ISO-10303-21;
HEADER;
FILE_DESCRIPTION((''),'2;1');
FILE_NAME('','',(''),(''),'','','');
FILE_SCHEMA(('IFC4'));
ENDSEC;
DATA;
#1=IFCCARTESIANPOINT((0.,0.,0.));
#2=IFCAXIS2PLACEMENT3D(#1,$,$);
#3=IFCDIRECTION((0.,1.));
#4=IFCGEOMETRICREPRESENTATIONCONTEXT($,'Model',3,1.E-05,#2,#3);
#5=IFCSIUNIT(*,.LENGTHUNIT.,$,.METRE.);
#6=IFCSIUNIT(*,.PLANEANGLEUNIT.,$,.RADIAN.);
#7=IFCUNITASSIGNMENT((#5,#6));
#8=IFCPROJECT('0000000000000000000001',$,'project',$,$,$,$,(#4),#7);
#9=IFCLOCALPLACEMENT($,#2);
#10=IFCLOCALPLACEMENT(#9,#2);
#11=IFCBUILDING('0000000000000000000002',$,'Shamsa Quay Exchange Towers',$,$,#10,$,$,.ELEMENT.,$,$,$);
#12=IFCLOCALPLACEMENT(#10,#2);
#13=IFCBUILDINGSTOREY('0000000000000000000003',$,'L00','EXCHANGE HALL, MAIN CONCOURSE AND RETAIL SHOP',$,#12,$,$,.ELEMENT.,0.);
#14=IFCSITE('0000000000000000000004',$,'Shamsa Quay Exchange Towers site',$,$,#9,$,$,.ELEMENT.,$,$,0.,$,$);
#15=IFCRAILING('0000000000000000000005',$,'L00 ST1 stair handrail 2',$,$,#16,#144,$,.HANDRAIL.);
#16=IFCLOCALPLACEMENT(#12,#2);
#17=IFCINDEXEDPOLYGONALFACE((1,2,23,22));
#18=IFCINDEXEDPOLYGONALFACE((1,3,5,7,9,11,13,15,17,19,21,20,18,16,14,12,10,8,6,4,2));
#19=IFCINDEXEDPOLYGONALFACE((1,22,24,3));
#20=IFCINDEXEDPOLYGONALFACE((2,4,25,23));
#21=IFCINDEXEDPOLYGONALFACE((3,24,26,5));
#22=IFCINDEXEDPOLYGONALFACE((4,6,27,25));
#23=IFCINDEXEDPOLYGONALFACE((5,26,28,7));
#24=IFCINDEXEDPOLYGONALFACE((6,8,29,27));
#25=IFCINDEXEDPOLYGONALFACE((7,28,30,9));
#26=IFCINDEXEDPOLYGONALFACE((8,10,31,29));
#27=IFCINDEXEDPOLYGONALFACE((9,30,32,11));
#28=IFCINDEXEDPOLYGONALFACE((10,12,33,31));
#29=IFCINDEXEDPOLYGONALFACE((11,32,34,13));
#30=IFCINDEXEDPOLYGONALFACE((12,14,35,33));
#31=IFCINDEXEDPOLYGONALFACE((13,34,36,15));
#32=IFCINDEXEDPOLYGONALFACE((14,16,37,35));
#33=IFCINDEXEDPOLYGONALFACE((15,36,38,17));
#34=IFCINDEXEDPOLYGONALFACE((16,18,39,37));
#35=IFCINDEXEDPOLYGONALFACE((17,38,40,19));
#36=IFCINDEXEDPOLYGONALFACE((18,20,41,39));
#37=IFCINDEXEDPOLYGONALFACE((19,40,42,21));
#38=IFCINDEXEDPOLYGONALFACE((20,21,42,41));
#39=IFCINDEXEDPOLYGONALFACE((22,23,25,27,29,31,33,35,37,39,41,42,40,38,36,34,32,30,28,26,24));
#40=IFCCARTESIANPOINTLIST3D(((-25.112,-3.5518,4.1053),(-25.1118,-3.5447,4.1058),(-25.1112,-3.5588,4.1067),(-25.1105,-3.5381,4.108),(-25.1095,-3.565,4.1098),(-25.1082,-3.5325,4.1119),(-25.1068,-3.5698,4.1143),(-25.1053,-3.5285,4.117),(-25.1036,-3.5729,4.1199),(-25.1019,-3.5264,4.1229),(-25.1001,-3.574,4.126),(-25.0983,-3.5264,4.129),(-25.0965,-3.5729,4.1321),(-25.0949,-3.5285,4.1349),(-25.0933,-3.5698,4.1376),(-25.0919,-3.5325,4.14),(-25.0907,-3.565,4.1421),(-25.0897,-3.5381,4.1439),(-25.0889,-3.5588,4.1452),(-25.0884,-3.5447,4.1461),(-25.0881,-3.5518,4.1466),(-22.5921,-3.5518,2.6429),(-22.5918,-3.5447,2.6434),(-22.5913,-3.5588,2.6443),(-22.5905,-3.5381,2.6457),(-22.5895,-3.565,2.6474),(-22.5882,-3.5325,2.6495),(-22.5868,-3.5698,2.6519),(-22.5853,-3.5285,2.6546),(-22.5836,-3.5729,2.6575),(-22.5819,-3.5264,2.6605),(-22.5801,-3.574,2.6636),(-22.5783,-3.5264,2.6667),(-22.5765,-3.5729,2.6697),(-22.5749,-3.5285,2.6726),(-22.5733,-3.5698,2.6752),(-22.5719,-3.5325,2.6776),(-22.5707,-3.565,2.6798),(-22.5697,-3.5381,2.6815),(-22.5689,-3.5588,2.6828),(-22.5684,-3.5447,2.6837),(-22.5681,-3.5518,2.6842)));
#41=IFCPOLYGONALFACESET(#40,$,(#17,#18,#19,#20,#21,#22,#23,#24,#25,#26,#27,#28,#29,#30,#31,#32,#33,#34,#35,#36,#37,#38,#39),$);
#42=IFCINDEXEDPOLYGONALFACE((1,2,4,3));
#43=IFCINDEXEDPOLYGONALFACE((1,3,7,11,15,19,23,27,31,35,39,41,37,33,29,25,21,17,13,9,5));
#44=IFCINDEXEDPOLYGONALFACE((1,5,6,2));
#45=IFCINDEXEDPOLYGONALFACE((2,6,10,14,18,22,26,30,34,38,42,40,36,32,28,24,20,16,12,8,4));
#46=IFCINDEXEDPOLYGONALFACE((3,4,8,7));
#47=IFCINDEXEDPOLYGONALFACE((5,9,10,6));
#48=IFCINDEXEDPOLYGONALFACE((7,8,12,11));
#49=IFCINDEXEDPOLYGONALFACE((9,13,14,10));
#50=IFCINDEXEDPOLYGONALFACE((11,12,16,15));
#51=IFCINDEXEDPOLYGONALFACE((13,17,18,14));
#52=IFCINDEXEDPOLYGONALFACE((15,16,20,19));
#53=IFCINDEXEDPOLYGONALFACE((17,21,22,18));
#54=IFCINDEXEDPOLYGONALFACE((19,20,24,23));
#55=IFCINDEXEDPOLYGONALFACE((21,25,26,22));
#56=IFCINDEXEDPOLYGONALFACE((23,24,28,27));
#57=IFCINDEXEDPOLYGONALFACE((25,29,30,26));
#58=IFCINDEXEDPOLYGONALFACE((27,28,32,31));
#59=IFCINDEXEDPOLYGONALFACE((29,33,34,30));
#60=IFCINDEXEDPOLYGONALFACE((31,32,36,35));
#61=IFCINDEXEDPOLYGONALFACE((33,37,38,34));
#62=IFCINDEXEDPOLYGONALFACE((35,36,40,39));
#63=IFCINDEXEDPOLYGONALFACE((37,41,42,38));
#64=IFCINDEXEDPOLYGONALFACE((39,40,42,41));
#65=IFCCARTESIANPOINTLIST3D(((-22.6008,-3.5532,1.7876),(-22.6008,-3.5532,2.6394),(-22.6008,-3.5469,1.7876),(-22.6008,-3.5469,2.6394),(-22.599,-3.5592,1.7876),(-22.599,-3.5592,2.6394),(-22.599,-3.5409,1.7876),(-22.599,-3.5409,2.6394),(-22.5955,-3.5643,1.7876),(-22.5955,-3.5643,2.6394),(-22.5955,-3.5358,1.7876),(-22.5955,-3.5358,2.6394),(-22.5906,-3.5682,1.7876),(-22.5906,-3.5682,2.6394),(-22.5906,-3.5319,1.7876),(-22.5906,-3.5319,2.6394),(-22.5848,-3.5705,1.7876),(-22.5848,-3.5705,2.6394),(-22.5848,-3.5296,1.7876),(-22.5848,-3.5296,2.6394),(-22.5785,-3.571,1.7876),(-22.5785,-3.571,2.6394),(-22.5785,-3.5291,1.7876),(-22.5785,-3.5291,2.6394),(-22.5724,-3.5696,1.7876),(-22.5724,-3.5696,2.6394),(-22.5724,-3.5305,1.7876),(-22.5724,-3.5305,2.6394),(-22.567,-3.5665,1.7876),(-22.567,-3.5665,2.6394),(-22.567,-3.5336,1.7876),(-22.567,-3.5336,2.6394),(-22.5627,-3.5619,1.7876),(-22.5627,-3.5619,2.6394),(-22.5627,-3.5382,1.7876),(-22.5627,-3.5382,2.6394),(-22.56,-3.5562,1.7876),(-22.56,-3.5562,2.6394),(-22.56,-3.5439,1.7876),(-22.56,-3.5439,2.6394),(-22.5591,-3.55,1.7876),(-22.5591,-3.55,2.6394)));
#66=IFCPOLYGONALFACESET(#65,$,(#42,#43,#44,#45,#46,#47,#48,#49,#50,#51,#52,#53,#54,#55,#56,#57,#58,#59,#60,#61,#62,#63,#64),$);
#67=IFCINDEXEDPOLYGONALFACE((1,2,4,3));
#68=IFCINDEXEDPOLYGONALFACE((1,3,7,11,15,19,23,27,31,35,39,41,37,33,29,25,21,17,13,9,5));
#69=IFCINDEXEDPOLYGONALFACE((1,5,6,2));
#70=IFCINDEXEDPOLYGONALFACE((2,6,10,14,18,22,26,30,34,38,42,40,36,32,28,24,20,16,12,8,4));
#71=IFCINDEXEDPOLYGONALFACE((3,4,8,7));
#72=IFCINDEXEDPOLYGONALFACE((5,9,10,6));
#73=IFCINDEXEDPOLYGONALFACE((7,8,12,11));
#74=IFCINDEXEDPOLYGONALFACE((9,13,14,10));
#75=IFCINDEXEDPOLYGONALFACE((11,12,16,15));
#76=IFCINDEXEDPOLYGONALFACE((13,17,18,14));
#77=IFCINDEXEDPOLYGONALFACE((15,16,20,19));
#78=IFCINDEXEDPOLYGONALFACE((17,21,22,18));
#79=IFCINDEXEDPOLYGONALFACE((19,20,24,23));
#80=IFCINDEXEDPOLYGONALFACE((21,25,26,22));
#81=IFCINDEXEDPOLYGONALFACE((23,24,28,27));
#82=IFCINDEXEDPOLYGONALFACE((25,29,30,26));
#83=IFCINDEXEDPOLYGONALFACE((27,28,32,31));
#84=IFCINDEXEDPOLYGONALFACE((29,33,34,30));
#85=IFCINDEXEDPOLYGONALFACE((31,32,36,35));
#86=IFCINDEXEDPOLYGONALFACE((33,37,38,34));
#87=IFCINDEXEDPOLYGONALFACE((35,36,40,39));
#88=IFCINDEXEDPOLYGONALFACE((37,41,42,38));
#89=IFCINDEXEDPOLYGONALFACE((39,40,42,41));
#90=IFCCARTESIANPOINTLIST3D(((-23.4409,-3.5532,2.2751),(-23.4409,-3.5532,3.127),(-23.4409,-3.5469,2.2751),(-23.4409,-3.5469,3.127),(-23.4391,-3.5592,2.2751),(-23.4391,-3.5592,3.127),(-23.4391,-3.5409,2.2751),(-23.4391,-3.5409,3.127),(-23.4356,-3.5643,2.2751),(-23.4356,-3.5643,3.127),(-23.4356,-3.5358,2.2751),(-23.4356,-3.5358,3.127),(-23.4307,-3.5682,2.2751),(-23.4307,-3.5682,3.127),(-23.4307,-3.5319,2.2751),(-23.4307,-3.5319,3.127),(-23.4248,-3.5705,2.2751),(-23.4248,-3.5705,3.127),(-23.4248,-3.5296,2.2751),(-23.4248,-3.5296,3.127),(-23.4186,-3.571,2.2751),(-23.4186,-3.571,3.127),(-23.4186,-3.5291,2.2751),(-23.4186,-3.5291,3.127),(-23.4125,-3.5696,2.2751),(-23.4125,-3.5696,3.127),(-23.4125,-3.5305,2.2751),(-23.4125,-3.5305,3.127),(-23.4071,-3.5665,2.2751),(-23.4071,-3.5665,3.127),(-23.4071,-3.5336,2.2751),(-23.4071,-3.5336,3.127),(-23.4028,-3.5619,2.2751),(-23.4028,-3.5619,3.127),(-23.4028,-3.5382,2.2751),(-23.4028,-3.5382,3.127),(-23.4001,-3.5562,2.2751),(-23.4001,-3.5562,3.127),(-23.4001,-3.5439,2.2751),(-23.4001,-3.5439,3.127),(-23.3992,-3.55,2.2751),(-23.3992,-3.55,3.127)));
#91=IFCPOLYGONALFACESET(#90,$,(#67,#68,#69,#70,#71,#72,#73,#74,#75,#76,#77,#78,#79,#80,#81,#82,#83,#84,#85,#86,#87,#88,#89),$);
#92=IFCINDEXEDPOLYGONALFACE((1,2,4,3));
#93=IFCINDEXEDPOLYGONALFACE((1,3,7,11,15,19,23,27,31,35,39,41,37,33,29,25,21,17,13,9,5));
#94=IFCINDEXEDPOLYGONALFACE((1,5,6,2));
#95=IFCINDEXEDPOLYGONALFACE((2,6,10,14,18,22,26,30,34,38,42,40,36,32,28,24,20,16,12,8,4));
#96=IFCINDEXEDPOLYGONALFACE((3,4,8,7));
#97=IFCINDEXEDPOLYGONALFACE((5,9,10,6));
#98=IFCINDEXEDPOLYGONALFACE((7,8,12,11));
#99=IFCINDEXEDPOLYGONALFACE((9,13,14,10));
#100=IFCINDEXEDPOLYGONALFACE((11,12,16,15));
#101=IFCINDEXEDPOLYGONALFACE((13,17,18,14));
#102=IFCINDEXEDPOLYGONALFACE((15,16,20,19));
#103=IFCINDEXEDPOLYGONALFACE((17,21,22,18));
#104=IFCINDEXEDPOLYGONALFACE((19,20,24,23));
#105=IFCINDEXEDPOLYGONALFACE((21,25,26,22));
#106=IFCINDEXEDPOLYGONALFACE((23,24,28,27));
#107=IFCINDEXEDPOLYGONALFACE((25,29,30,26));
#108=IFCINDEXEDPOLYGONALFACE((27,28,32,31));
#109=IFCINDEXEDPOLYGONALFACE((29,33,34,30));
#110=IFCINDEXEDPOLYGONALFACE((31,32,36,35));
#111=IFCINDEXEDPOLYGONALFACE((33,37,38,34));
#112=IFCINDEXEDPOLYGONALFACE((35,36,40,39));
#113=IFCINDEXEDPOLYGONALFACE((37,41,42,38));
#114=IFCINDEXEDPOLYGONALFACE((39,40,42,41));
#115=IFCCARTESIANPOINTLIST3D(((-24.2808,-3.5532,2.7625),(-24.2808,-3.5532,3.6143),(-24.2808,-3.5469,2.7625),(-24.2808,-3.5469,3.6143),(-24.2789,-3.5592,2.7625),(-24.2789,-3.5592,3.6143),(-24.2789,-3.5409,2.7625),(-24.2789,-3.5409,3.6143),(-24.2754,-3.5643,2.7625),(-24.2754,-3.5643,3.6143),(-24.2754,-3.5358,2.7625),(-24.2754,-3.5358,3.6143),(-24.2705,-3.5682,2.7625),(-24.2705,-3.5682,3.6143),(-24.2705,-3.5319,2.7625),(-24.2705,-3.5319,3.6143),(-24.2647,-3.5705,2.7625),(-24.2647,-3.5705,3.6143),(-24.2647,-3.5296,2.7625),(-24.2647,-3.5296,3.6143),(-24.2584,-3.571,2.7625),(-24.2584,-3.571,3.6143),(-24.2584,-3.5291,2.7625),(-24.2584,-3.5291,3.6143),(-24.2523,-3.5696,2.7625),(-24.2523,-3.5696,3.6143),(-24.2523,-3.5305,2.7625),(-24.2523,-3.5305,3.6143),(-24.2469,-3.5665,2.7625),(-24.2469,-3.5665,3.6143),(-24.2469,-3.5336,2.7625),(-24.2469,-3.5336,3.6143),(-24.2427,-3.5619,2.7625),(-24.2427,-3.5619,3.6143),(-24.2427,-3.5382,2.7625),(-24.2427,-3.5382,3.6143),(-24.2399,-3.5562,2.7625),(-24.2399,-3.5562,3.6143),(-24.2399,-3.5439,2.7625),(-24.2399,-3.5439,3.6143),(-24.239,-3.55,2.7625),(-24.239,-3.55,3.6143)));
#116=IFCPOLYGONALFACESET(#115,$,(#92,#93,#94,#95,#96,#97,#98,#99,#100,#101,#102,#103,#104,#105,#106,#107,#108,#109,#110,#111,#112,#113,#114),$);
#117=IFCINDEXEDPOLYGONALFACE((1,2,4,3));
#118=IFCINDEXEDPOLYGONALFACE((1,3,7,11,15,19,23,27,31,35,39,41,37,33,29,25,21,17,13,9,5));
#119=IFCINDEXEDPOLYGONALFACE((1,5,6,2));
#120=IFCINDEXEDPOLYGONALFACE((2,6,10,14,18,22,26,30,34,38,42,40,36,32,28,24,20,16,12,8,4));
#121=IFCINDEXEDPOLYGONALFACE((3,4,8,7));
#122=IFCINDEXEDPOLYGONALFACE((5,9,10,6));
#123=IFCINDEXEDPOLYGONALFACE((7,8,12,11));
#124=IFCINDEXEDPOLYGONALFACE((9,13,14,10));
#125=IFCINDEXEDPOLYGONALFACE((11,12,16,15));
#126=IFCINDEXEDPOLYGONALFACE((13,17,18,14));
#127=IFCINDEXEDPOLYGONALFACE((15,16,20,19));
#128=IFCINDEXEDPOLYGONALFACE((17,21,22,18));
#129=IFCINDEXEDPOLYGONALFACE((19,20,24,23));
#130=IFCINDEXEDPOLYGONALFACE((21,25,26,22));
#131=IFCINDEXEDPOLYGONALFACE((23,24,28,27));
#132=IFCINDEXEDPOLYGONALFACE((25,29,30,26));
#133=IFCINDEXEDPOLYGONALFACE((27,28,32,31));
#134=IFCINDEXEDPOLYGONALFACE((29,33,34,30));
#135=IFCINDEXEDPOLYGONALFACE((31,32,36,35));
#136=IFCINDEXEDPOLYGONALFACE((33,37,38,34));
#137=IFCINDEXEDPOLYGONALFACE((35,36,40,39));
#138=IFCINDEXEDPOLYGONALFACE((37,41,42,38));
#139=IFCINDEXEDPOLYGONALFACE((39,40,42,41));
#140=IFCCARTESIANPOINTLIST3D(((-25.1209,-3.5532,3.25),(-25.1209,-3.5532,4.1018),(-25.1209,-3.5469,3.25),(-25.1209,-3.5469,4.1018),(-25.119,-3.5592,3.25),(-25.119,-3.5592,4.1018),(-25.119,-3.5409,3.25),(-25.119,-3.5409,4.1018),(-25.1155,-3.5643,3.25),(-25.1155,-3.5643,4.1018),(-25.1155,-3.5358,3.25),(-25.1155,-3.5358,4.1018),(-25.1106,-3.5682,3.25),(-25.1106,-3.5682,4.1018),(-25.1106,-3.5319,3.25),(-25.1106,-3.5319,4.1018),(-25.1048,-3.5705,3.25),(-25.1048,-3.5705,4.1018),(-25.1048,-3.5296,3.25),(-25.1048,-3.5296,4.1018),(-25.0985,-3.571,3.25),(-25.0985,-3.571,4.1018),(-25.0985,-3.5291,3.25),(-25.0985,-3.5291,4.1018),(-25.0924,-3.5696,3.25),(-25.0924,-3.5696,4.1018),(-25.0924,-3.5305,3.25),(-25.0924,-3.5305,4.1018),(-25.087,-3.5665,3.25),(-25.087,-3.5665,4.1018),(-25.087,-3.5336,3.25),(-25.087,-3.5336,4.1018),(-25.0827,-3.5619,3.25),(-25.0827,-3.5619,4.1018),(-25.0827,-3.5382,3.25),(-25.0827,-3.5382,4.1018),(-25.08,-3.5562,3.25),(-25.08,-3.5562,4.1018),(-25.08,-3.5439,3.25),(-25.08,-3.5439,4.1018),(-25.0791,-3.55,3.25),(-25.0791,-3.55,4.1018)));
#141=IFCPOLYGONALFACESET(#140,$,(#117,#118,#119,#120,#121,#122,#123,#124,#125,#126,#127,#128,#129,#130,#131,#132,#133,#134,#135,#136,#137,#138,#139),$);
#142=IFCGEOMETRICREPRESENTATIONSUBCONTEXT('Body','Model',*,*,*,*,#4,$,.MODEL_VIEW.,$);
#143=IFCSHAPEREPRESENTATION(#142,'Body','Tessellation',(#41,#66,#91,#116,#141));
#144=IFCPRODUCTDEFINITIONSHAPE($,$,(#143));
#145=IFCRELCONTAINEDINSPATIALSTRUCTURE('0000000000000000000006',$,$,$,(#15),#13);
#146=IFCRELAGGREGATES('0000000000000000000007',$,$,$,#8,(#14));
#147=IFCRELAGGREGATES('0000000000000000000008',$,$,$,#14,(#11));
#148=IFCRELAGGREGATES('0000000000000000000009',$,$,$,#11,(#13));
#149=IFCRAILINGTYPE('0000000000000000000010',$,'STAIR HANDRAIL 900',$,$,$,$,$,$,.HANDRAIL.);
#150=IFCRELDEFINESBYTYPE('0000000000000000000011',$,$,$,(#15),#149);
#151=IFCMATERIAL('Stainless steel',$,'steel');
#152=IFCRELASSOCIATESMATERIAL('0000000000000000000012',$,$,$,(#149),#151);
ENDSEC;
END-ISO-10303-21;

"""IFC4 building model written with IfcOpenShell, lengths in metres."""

from ifc_helpers import new_model, si_unit, direction, frame, origin, origin_2d, place, context, subcontext, project, spatial, circle, extrude, material, type_object, element, save


model = new_model("IFC4")

# Units and contexts
model_context = context("Model", 3, precision=1e-05, world=origin(), true_north=direction((0.0, 1.0)))
body_context = subcontext(model_context, "Body", "Model", "MODEL_VIEW")
ifc_project = project(units=[si_unit("LENGTHUNIT", "METRE"), si_unit("PLANEANGLEUNIT", "RADIAN")], contexts=[model_context])

# Site, building, storey
site_placement = place(None, origin())
site = spatial("IfcSite", under=ifc_project, at=site_placement, Name="Shamsa Quay Exchange Towers site", CompositionType="ELEMENT", RefElevation=0.0)
building_placement = place(site_placement, origin())
building = spatial("IfcBuilding", under=site, at=building_placement, Name="Shamsa Quay Exchange Towers", CompositionType="ELEMENT")
storey_placement = place(building_placement, origin())
storey = spatial("IfcBuildingStorey", under=building, at=storey_placement, Name="L00", Description="EXCHANGE HALL, MAIN CONCOURSE AND RETAIL SHOP", CompositionType="ELEMENT", Elevation=0.0)

# Railing
ifc_material_1 = material(Name="Stainless steel", Category="steel")
railing_type_1 = type_object("IfcRailingType", Name="STAIR HANDRAIL 900", PredefinedType="HANDRAIL", material=ifc_material_1)
for number, where, name in (
    (1, (-22.5801, -3.55, 1.7876), "L00 ST1 stair handrail 2"),
):
    element("IfcRailing", number, at=place(storey_placement, frame(where)), inside=storey, type_object=railing_type_1, Name=name, PredefinedType="HANDRAIL", context=body_context, shape_type="SweptSolid", body=[
        extrude(circle(Radius=0.0239, at=origin_2d()), frame((0.0, 0.0, 0.876), z_axis=(-0.864913, 0.0, 0.501921), x_axis=(0.0, -1.0, 0.0)), (0.0, 0.0, 1.0), 2.9136),
        extrude(circle(Radius=0.021, at=origin_2d()), origin(), (0.0, 0.0, 1.0), 0.8518),
        extrude(circle(Radius=0.021, at=origin_2d()), frame((-0.8401, 0.0, 0.4875)), (0.0, 0.0, 1.0), 0.8518),
        extrude(circle(Radius=0.021, at=origin_2d()), frame((-1.6799, 0.0, 0.9749)), (0.0, 0.0, 1.0), 0.8518),
        extrude(circle(Radius=0.021, at=origin_2d()), frame((-2.52, 0.0, 1.4624)), (0.0, 0.0, 1.0), 0.8518),
    ])

save(model, "model.ifc")
